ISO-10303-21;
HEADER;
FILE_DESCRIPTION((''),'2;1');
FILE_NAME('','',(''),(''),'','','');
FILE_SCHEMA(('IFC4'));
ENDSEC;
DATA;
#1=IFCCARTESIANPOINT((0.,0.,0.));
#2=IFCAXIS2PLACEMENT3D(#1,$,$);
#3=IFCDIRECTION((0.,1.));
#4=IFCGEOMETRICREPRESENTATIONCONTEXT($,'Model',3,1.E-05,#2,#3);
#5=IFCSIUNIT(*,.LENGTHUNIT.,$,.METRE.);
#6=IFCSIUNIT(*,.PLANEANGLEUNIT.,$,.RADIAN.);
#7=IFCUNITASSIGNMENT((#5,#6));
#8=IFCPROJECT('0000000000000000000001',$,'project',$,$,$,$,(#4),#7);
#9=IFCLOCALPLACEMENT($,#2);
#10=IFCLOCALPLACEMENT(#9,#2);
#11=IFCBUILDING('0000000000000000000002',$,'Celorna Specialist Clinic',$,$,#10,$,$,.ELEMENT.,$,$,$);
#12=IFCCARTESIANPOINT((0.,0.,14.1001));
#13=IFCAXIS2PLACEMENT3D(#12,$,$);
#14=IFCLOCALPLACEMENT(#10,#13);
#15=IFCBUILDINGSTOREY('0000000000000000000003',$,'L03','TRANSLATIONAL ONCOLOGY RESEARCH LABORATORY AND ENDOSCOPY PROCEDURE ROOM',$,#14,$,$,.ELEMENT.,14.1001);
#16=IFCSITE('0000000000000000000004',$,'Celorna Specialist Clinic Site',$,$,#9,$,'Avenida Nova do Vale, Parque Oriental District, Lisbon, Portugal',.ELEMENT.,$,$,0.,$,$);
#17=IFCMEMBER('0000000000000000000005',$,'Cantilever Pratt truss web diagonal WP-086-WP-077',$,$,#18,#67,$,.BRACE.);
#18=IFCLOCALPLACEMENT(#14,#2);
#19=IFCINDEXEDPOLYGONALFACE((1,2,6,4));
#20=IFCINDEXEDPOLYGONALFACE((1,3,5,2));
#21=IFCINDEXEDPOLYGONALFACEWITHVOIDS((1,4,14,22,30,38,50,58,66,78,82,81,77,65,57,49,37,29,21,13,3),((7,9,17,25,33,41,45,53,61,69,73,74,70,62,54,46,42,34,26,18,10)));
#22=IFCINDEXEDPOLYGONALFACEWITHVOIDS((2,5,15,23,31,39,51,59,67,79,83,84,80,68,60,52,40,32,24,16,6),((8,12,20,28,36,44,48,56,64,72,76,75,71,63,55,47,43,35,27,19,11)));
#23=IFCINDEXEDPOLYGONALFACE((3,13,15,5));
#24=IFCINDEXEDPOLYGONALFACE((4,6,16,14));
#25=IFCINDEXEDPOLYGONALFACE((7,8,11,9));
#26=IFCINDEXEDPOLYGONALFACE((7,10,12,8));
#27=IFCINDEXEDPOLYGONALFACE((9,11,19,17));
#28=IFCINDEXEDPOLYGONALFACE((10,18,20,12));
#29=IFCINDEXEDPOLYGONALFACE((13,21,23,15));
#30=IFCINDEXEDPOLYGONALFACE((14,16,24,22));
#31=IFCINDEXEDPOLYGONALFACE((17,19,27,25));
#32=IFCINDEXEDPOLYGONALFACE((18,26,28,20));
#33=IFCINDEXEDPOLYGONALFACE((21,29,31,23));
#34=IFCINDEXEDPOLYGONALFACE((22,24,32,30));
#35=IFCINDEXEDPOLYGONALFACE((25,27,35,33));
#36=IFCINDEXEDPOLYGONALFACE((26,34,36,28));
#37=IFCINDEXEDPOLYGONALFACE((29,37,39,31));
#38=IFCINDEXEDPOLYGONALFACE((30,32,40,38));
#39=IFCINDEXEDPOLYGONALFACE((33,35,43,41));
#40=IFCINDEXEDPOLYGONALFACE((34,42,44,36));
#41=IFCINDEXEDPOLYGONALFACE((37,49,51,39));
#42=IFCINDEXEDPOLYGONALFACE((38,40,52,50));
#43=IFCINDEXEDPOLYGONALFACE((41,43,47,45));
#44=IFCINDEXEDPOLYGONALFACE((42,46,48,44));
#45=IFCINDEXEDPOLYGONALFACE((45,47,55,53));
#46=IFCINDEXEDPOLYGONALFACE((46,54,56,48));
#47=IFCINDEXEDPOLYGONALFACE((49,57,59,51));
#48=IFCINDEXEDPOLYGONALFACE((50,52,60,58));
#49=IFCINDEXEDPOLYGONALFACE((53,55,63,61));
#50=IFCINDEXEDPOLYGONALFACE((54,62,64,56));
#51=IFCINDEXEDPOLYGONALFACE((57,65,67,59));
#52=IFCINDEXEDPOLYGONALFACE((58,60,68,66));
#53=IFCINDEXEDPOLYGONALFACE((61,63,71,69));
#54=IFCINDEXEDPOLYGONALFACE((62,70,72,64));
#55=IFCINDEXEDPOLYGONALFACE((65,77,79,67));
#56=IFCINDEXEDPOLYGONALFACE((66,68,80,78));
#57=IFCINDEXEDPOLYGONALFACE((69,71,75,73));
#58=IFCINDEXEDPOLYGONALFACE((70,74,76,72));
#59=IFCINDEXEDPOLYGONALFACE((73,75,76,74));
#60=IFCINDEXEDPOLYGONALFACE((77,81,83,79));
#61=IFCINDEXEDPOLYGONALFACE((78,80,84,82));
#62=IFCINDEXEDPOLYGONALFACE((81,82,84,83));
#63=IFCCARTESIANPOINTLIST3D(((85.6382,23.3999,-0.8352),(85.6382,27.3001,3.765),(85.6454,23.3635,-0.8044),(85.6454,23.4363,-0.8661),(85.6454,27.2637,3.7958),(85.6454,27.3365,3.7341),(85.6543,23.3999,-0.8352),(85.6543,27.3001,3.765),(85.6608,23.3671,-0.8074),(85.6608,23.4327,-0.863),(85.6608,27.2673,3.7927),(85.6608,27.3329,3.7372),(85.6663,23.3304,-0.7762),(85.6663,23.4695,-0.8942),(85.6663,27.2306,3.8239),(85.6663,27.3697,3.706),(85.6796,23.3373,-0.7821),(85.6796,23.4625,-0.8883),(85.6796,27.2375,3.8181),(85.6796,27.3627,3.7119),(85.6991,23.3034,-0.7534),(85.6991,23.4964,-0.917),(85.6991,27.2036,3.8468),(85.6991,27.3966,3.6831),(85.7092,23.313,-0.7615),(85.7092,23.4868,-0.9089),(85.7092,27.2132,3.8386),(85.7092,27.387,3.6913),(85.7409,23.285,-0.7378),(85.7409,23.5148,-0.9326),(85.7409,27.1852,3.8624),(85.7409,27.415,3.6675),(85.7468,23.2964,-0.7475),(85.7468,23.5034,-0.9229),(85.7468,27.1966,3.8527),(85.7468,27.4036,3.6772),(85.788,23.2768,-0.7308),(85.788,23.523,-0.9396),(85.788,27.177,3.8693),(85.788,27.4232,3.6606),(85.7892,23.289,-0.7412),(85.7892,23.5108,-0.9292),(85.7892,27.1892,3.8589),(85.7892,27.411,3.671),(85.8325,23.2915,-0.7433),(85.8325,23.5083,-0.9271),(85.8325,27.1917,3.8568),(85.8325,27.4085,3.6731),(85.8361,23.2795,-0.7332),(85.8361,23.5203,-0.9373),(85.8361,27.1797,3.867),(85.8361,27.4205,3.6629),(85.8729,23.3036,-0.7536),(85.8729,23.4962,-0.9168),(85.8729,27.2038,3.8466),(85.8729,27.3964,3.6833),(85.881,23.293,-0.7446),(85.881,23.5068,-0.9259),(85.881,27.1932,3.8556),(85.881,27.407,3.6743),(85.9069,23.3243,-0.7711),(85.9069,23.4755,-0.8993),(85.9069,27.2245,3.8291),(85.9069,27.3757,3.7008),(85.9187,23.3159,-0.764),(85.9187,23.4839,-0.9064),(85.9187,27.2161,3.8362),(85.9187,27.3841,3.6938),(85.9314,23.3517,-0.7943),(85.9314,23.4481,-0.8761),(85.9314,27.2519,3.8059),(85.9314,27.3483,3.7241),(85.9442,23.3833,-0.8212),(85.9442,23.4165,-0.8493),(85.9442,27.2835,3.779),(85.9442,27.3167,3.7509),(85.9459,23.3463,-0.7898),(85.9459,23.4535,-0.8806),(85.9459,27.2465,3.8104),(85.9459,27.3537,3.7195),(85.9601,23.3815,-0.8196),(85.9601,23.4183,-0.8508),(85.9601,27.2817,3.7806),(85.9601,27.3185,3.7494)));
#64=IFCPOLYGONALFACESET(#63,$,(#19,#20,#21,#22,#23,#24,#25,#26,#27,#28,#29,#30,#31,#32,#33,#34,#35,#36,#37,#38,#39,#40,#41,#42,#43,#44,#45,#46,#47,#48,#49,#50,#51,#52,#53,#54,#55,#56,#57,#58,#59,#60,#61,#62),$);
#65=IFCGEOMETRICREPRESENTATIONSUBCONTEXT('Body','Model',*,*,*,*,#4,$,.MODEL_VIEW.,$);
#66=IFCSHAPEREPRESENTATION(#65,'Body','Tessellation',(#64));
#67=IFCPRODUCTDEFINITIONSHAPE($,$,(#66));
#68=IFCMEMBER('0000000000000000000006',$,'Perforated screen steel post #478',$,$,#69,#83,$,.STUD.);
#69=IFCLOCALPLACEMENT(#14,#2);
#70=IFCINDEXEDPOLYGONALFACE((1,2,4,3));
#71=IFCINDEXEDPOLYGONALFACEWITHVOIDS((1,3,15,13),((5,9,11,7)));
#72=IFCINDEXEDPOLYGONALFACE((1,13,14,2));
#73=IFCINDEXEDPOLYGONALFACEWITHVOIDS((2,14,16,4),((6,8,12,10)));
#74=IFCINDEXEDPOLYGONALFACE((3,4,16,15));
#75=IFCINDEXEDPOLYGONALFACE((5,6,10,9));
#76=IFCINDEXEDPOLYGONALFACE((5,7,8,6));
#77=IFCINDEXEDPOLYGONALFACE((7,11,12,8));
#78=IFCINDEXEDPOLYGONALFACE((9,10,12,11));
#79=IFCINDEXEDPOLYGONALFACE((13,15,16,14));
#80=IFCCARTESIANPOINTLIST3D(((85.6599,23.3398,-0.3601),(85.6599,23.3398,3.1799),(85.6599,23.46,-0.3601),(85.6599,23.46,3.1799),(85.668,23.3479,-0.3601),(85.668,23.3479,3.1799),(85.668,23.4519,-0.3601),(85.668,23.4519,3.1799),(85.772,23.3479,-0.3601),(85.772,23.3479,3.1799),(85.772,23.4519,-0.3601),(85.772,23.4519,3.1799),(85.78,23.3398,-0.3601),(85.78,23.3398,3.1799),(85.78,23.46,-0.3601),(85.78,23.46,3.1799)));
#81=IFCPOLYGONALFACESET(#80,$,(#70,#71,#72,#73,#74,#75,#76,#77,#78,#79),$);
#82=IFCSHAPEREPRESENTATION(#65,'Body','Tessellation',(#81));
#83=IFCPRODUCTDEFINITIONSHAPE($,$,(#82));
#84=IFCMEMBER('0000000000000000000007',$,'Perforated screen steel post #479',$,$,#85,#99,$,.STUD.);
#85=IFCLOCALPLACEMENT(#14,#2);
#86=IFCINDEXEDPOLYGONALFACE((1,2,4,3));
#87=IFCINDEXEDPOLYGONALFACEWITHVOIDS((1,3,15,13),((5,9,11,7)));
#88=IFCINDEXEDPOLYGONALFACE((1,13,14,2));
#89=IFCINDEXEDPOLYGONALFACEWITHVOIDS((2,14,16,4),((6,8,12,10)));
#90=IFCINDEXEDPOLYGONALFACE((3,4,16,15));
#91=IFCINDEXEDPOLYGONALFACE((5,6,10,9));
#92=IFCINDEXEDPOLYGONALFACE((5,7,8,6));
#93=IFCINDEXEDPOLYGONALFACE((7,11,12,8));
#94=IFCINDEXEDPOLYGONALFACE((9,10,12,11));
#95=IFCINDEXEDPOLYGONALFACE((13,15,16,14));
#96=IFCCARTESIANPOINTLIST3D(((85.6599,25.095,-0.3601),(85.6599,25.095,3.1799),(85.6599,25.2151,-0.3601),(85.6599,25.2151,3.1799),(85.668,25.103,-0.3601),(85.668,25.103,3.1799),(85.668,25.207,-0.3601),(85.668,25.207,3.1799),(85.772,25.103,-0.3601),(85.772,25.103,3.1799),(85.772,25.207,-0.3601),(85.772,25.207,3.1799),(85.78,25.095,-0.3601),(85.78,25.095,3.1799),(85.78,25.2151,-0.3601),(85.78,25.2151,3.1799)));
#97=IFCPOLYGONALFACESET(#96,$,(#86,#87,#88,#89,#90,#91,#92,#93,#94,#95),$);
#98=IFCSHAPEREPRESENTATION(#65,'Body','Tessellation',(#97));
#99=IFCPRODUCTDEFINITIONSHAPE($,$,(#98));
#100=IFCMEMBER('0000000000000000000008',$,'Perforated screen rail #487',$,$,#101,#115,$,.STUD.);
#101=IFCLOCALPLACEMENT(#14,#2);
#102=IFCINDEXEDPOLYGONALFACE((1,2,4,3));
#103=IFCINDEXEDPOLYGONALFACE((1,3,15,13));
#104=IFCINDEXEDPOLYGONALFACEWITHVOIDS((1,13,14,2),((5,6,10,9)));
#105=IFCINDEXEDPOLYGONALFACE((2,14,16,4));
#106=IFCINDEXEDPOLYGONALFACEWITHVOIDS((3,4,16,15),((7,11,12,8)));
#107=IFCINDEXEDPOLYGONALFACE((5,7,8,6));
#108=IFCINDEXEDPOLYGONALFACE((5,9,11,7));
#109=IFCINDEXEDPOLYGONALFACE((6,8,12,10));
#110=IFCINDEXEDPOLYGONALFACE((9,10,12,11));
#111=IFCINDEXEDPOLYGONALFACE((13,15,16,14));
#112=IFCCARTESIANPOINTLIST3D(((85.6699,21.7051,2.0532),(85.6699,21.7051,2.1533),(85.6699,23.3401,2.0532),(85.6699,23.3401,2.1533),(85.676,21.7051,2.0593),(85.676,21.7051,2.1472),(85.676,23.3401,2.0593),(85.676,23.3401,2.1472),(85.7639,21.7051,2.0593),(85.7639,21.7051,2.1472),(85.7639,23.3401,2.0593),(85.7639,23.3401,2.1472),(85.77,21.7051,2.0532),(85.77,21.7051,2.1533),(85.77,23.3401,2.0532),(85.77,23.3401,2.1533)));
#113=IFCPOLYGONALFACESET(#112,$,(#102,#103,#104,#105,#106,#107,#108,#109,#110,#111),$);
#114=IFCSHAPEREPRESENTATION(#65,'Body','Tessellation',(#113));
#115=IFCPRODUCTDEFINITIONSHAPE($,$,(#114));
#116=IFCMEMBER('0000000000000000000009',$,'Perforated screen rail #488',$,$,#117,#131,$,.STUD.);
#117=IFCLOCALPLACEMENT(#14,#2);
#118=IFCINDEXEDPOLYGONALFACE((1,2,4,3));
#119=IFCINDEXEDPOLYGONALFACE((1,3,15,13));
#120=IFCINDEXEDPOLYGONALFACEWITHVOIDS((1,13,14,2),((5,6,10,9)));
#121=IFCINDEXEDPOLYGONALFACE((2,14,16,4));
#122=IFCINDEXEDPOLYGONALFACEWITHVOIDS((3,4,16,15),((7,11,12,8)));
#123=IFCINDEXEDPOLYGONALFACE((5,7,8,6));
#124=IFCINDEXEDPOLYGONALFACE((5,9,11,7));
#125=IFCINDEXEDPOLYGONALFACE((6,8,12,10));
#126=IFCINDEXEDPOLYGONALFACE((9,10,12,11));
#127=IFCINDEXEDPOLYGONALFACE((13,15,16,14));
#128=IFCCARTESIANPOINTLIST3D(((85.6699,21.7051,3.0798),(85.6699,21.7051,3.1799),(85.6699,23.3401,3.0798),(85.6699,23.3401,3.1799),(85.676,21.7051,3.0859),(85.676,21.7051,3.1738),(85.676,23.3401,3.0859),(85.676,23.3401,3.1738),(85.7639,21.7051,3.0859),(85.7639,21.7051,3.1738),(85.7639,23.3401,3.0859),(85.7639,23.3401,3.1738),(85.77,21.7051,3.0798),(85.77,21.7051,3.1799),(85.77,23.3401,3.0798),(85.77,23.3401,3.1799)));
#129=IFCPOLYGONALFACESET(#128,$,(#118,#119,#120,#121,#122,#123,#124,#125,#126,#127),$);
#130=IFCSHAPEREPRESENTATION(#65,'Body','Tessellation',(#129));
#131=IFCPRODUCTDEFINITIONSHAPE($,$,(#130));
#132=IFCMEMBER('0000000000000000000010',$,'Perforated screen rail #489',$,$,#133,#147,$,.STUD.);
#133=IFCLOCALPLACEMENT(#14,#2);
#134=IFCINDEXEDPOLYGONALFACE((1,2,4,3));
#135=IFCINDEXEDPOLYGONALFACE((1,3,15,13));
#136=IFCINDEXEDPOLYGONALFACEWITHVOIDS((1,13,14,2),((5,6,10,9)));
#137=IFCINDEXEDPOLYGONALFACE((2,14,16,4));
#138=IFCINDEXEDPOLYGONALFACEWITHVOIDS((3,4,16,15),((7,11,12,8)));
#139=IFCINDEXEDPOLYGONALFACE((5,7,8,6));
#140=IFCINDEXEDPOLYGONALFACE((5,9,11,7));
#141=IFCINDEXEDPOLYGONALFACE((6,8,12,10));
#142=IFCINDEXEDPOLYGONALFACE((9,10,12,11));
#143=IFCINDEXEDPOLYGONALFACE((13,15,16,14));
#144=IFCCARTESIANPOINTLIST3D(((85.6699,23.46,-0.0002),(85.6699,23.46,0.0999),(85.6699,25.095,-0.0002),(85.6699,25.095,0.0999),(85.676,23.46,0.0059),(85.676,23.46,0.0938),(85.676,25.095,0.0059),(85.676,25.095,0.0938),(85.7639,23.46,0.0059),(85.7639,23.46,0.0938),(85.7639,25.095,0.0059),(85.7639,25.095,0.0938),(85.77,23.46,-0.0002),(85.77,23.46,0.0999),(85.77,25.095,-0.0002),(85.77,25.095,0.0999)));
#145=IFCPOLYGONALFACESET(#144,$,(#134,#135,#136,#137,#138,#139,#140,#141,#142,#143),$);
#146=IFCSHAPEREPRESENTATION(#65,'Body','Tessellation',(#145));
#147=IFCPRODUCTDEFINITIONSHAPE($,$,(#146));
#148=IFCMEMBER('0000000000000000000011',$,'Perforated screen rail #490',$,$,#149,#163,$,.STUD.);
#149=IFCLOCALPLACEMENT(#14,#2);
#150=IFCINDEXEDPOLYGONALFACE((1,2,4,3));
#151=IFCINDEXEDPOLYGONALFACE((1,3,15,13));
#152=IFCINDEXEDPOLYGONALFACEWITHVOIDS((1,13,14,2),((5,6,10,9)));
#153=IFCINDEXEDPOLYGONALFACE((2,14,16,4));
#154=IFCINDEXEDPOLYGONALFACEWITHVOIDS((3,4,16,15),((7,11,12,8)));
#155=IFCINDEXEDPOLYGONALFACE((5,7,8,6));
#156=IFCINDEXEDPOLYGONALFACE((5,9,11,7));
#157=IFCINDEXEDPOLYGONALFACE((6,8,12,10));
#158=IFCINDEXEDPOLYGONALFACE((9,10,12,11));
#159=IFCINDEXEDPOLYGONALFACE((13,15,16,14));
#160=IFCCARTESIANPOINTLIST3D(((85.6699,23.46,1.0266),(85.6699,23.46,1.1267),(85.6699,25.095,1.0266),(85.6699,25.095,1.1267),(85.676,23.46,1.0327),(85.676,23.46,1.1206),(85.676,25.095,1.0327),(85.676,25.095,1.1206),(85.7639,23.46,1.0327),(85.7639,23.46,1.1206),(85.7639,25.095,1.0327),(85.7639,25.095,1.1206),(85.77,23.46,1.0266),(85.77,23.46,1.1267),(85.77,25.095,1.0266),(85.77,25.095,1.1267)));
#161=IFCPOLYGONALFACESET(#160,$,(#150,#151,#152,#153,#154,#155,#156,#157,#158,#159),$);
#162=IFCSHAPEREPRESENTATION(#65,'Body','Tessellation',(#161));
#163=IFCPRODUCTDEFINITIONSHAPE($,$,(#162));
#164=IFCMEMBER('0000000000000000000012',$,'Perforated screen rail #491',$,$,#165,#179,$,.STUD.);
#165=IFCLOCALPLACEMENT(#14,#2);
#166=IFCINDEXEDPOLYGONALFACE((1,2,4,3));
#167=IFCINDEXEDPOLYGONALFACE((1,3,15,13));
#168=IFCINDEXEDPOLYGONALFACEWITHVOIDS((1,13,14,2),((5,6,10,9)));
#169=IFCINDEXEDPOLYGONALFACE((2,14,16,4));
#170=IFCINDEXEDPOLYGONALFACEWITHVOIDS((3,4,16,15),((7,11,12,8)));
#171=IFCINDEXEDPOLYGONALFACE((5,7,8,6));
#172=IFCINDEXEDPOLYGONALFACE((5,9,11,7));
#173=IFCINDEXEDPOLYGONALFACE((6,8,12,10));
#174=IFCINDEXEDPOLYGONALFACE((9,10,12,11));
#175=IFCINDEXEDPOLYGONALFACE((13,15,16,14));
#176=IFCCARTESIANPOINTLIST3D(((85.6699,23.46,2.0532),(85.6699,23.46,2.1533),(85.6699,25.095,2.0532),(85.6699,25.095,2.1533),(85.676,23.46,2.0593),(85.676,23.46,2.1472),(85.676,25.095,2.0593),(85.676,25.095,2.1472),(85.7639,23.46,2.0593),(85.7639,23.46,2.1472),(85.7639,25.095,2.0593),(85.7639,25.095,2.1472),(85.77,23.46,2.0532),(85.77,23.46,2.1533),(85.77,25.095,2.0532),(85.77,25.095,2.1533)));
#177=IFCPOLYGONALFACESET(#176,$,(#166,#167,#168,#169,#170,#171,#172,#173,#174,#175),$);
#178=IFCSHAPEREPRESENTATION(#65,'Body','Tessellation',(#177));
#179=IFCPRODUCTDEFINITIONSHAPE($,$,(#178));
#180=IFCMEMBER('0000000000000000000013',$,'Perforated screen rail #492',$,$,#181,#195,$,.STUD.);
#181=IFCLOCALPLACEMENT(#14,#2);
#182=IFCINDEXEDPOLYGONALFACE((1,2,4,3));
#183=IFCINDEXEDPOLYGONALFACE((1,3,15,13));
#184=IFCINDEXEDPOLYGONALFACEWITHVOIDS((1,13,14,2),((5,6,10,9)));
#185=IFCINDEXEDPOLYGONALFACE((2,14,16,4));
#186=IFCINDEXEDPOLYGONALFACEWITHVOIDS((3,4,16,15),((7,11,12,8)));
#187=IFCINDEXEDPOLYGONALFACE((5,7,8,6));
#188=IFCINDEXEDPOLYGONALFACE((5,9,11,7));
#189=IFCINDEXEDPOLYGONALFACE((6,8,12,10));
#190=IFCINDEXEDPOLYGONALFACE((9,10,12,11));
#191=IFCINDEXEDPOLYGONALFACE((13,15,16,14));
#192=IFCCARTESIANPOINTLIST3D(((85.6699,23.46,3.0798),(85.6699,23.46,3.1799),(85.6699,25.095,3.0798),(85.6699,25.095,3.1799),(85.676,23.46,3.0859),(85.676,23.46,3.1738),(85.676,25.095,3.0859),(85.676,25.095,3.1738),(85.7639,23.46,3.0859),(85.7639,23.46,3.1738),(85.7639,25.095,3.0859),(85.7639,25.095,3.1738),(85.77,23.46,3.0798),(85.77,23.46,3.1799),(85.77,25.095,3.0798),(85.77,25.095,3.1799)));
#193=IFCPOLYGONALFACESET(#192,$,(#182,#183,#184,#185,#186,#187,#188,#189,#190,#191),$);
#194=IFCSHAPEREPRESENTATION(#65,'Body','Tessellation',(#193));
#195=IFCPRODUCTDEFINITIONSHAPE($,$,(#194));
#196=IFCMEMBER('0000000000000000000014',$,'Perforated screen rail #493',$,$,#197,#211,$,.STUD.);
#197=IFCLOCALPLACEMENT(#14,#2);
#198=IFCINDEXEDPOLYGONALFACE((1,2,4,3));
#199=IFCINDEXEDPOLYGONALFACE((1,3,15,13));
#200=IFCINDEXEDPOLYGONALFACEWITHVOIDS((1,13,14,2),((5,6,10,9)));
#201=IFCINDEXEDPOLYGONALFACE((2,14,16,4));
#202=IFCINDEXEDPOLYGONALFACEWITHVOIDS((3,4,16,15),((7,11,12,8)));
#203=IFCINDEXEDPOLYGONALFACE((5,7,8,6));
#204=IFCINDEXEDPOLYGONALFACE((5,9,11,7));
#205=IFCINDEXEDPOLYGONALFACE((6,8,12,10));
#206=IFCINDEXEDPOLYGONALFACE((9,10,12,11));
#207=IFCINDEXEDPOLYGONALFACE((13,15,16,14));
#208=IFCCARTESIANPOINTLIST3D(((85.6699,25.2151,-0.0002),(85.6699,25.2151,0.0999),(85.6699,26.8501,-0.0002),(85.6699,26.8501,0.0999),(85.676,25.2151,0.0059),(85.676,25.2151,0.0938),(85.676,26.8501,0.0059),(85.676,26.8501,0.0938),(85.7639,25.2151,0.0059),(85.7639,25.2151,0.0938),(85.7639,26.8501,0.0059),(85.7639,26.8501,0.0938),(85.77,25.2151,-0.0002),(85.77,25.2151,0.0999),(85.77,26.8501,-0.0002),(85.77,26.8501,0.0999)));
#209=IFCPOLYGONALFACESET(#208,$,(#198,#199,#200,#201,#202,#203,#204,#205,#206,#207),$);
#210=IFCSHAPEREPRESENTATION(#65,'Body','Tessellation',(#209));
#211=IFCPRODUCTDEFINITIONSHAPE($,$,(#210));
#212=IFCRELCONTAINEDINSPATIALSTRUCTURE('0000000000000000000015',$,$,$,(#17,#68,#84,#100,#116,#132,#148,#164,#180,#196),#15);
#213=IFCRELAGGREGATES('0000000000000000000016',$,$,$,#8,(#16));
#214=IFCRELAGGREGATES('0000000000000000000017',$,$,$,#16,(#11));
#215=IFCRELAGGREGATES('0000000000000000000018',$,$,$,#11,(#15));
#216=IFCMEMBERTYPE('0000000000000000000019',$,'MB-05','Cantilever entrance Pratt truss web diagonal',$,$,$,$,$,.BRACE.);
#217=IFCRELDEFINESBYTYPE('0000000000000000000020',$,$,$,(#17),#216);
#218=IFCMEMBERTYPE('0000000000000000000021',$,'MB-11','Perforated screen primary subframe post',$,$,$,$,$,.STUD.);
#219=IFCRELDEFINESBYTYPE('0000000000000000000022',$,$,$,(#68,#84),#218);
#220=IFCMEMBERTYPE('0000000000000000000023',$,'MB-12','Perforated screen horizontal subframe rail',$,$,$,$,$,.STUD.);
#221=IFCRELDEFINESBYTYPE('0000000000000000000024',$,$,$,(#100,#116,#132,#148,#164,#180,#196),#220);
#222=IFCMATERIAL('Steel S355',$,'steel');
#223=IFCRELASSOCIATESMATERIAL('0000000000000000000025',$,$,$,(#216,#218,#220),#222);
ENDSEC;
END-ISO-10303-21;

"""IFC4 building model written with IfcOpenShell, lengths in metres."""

from ifc_helpers import new_model, si_unit, direction, frame, origin, origin_2d, place, context, subcontext, project, spatial, hollow_rectangle, hollow_circle, extrude, material, material_profile, profile_set, type_object, element, save


model = new_model("IFC4")

# Units and contexts
model_context = context("Model", 3, precision=1e-05, world=origin(), true_north=direction((0.0, 1.0)))
body_context = subcontext(model_context, "Body", "Model", "MODEL_VIEW")
ifc_project = project(units=[si_unit("LENGTHUNIT", "METRE"), si_unit("PLANEANGLEUNIT", "RADIAN")], contexts=[model_context])

# Site, building, storey
site_placement = place(None, origin())
site = spatial("IfcSite", under=ifc_project, at=site_placement, Name="Celorna Specialist Clinic Site", LongName="Avenida Nova do Vale, Parque Oriental District, Lisbon, Portugal", CompositionType="ELEMENT", RefElevation=0.0)
building_placement = place(site_placement, origin())
building = spatial("IfcBuilding", under=site, at=building_placement, Name="Celorna Specialist Clinic", CompositionType="ELEMENT")
storey_placement = place(building_placement, frame((0.0, 0.0, 14.1001)))
storey = spatial("IfcBuildingStorey", under=building, at=storey_placement, Name="L03", Description="TRANSLATIONAL ONCOLOGY RESEARCH LABORATORY AND ENDOSCOPY PROCEDURE ROOM", CompositionType="ELEMENT", Elevation=14.1001)

# Members
ifc_material_1 = material(Name="Steel S355", Category="steel")
ifc_material_profile_1 = material_profile(ifc_material_1, hollow_circle(Radius=0.1619, WallThickness=0.0161, at=origin_2d()), Name="CHS 323.9x16")
ifc_profile_set_1 = profile_set([ifc_material_profile_1], Name="Steel S355")
member_type_1 = type_object("IfcMemberType", Name="MB-05", Description="Cantilever entrance Pratt truss web diagonal", PredefinedType="BRACE", material=ifc_profile_set_1)
member_placement = place(storey_placement, frame((85.8, 23.3999, -0.8352), z_axis=(0.0, 0.646691, 0.762752), x_axis=(-1.0, 0.0, 0.0)))
element("IfcMember", 1, at=member_placement, inside=storey, type_object=member_type_1, Name="Cantilever Pratt truss web diagonal WP-086-WP-077", PredefinedType="BRACE", context=body_context, shape_type="SweptSolid", body=[
    extrude(hollow_circle(Radius=0.1619, WallThickness=0.0161, at=origin_2d()), origin(), (0.0, 0.0, 1.0), 6.031),
])
ifc_material_profile_2 = material_profile(ifc_material_1, hollow_rectangle(XDim=0.1201, YDim=0.1201, WallThickness=0.0081, at=origin_2d()), Name="SHS 120x120x8")
ifc_profile_set_2 = profile_set([ifc_material_profile_2], Name="Steel S355")
member_type_2 = type_object("IfcMemberType", Name="MB-11", Description="Perforated screen primary subframe post", PredefinedType="STUD", material=ifc_profile_set_2)
for number, where, z_axis, x_axis, name in (
    (2, (85.72, 23.3999, -0.3601), (0.0, 0.0, 1.0), (1.0, 0.0, 0.0), "Perforated screen steel post #478"),
    (3, (85.72, 25.155, -0.3601), (0.0, 0.0, 1.0), (1.0, 0.0, 0.0), "Perforated screen steel post #479"),
):
    element("IfcMember", number, at=place(storey_placement, frame(where, z_axis=z_axis, x_axis=x_axis)), inside=storey, type_object=member_type_2, Name=name, PredefinedType="STUD", context=body_context, shape_type="SweptSolid", body=[
        extrude(hollow_rectangle(XDim=0.1201, YDim=0.1201, WallThickness=0.0081, at=origin_2d()), origin(), (0.0, 0.0, 1.0), 3.54),
    ])
ifc_material_profile_3 = material_profile(ifc_material_1, hollow_rectangle(XDim=0.1001, YDim=0.1001, WallThickness=0.0061, at=origin_2d()), Name="SHS 100x100x6")
ifc_profile_set_3 = profile_set([ifc_material_profile_3], Name="Steel S355")
member_type_3 = type_object("IfcMemberType", Name="MB-12", Description="Perforated screen horizontal subframe rail", PredefinedType="STUD", material=ifc_profile_set_3)
for number, where, z_axis, x_axis, name in (
    (4, (85.72, 21.7051, 2.1033), (0.0, 1.0, 0.0), (-1.0, 0.0, 0.0), "Perforated screen rail #487"),
    (5, (85.72, 21.7051, 3.1299), (0.0, 1.0, 0.0), (-1.0, 0.0, 0.0), "Perforated screen rail #488"),
    (6, (85.72, 23.46, 0.0498), (0.0, 1.0, 0.0), (-1.0, 0.0, 0.0), "Perforated screen rail #489"),
    (7, (85.72, 23.46, 1.0767), (0.0, 1.0, 0.0), (-1.0, 0.0, 0.0), "Perforated screen rail #490"),
    (8, (85.72, 23.46, 2.1033), (0.0, 1.0, 0.0), (-1.0, 0.0, 0.0), "Perforated screen rail #491"),
    (9, (85.72, 23.46, 3.1299), (0.0, 1.0, 0.0), (-1.0, 0.0, 0.0), "Perforated screen rail #492"),
    (10, (85.72, 25.2151, 0.0498), (0.0, 1.0, 0.0), (-1.0, 0.0, 0.0), "Perforated screen rail #493"),
):
    element("IfcMember", number, at=place(storey_placement, frame(where, z_axis=z_axis, x_axis=x_axis)), inside=storey, type_object=member_type_3, Name=name, PredefinedType="STUD", context=body_context, shape_type="SweptSolid", body=[
        extrude(hollow_rectangle(XDim=0.1001, YDim=0.1001, WallThickness=0.0061, at=origin_2d()), origin(), (0.0, 0.0, 1.0), 1.635),
    ])

save(model, "model.ifc")
